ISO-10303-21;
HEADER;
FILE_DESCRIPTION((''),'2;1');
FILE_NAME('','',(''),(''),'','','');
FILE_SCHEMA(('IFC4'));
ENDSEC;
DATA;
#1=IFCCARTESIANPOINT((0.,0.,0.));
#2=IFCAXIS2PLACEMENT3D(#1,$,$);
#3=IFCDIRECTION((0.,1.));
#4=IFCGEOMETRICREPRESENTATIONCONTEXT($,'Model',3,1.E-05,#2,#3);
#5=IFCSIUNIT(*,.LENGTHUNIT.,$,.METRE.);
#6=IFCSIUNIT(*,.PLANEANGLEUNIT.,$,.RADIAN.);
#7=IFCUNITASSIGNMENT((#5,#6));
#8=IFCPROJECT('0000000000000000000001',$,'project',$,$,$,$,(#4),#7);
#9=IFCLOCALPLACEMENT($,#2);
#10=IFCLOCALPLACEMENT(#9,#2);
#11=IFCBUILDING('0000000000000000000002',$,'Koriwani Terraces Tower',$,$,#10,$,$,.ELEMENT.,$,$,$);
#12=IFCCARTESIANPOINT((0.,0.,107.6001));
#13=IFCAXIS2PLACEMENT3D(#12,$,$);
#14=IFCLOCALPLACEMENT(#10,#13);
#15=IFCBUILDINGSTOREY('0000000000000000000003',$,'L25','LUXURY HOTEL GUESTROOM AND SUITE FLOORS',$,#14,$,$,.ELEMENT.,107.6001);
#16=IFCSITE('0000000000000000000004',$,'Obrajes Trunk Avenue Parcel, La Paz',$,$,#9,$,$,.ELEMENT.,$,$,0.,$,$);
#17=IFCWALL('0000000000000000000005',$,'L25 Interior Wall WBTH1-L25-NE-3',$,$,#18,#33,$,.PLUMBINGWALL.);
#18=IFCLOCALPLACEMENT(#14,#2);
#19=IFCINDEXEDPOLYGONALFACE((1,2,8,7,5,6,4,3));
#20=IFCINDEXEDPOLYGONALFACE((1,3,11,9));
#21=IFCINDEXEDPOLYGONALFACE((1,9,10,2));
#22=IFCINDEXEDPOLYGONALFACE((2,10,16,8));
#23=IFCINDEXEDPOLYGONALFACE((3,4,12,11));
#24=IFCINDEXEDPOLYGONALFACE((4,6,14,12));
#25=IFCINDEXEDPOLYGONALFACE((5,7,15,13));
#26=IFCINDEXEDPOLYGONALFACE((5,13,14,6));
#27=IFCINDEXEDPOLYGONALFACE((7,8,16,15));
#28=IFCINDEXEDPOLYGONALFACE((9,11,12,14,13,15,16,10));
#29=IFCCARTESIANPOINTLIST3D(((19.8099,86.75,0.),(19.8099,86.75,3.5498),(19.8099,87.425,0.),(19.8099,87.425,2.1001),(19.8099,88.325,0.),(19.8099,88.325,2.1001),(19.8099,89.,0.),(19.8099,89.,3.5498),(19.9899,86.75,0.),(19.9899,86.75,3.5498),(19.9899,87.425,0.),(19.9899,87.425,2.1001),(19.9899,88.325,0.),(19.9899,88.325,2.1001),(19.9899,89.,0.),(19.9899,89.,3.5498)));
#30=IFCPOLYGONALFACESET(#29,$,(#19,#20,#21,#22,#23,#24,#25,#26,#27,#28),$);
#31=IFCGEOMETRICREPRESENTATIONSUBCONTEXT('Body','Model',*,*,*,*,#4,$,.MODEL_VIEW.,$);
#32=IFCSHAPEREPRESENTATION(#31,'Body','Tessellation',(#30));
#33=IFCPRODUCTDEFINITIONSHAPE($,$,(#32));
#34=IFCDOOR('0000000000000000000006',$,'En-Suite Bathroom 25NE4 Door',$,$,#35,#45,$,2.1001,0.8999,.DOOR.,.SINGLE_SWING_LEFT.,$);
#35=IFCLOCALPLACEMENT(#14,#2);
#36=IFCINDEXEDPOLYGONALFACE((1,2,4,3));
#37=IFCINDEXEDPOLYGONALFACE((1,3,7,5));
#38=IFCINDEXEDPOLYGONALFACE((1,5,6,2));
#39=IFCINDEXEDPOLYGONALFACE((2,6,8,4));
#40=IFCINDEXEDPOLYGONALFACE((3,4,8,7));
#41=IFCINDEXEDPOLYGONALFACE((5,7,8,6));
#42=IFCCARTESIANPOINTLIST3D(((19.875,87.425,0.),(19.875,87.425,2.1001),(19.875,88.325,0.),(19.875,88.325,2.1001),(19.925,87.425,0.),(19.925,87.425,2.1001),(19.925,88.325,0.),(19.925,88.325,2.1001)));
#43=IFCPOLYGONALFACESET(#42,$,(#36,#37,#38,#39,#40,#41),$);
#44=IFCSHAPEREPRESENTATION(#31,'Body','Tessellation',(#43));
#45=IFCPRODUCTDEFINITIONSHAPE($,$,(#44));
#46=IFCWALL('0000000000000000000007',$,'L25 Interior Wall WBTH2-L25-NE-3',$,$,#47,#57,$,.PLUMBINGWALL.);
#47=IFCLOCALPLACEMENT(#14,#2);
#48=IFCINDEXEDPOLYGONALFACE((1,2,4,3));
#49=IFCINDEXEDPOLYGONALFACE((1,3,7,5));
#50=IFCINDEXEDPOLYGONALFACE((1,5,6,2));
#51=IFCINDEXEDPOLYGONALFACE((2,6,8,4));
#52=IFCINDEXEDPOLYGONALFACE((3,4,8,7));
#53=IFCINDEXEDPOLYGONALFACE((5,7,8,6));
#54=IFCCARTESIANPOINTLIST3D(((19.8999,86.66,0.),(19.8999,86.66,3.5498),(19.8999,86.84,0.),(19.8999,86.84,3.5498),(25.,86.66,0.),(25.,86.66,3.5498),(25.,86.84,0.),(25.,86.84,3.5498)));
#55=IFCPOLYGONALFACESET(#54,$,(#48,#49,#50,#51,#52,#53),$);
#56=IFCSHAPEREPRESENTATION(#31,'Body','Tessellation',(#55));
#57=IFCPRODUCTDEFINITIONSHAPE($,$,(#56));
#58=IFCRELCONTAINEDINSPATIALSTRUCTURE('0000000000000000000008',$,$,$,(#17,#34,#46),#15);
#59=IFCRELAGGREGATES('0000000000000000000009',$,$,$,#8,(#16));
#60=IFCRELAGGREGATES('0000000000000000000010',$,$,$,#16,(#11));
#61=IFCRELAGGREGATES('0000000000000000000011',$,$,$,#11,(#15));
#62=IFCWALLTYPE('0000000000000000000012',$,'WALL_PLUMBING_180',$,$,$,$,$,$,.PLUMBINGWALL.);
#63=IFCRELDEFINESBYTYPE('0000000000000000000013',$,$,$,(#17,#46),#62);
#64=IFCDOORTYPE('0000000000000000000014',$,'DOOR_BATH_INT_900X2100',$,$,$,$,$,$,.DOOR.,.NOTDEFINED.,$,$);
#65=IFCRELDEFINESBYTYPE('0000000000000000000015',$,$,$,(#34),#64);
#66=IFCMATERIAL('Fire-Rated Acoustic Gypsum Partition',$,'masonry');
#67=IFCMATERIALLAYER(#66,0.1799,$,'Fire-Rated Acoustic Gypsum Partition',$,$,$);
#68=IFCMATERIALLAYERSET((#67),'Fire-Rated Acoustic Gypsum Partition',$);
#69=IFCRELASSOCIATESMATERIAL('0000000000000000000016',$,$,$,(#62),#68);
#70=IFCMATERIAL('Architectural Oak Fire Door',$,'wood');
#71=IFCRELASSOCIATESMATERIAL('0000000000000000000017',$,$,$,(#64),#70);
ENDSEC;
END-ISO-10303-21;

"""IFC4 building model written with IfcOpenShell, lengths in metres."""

from ifc_helpers import new_model, si_unit, direction, frame, frame_2d, origin, place, context, subcontext, project, spatial, rectangle, extrude, material, layer, layer_set, type_object, element, fill, save


model = new_model("IFC4")

# Units and contexts
model_context = context("Model", 3, precision=1e-05, world=origin(), true_north=direction((0.0, 1.0)))
body_context = subcontext(model_context, "Body", "Model", "MODEL_VIEW")
ifc_project = project(units=[si_unit("LENGTHUNIT", "METRE"), si_unit("PLANEANGLEUNIT", "RADIAN")], contexts=[model_context])

# Site, building, storey
site_placement = place(None, origin())
site = spatial("IfcSite", under=ifc_project, at=site_placement, Name="Obrajes Trunk Avenue Parcel, La Paz", CompositionType="ELEMENT", RefElevation=0.0)
building_placement = place(site_placement, origin())
building = spatial("IfcBuilding", under=site, at=building_placement, Name="Koriwani Terraces Tower", CompositionType="ELEMENT")
storey_placement = place(building_placement, frame((0.0, 0.0, 107.6001)))
storey = spatial("IfcBuildingStorey", under=building, at=storey_placement, Name="L25", Description="LUXURY HOTEL GUESTROOM AND SUITE FLOORS", CompositionType="ELEMENT", Elevation=107.6001)

# Shared definitions
ifc_material_1 = material(Name="Fire-Rated Acoustic Gypsum Partition", Category="masonry")
ifc_layer_1 = layer(ifc_material_1, 0.1799, Name="Fire-Rated Acoustic Gypsum Partition")
ifc_layer_set_1 = layer_set([ifc_layer_1], Name="Fire-Rated Acoustic Gypsum Partition")
wall_type_1 = type_object("IfcWallType", Name="WALL_PLUMBING_180", PredefinedType="PLUMBINGWALL", material=ifc_layer_set_1)
ifc_material_2 = material(Name="Architectural Oak Fire Door", Category="wood")
door_type = type_object("IfcDoorType", Name="DOOR_BATH_INT_900X2100", OperationType="NOTDEFINED", PredefinedType="DOOR", material=ifc_material_2)

# Wall, opening, door
wall_1_placement = place(storey_placement, frame((19.8999, 86.75, 0.0), z_axis=(0.0, 0.0, 1.0), x_axis=(0.0, 1.0, 0.0)))
wall_1 = element("IfcWall", 1, at=wall_1_placement, inside=storey, type_object=wall_type_1, Name="L25 Interior Wall WBTH1-L25-NE-3", PredefinedType="PLUMBINGWALL", context=body_context, shape_type="SweptSolid", body=[
    extrude(rectangle(XDim=2.25, YDim=0.1799, at=frame_2d((1.125, 0.0))), origin(), (0.0, 0.0, 1.0), 3.5498),
])
opening_1_placement = place(wall_1_placement, frame((0.675, 0.0, 0.0)))
opening_1 = element("IfcOpeningElement", 2, at=opening_1_placement, cuts=wall_1, PredefinedType="OPENING", context=body_context, shape_type="SweptSolid", body=[
    extrude(rectangle(XDim=0.8999, YDim=2.1001, at=frame_2d((0.45, 1.05))), frame((0.0, 0.1001, 0.0), z_axis=(0.0, -1.0, 0.0), x_axis=(1.0, 0.0, 0.0)), (0.0, 0.0, 1.0), 0.2),
])
door_1_placement = place(opening_1_placement, origin())
door_1 = element("IfcDoor", 3, at=door_1_placement, inside=storey, type_object=door_type, Name="En-Suite Bathroom 25NE4 Door", OperationType="SINGLE_SWING_LEFT", OverallHeight=2.1001, OverallWidth=0.8999, PredefinedType="DOOR", context=body_context, shape_type="SweptSolid", body=[
    extrude(rectangle(XDim=0.8999, YDim=2.1001, at=frame_2d((0.45, 1.05))), frame((0.0, 0.0249, 0.0), z_axis=(0.0, -1.0, 0.0), x_axis=(1.0, 0.0, 0.0)), (0.0, 0.0, 1.0), 0.05),
])
fill(opening_1, door_1)

# Wall
wall_2_placement = place(storey_placement, frame((19.8999, 86.75, 0.0), z_axis=(0.0, 0.0, 1.0), x_axis=(1.0, 0.0, 0.0)))
element("IfcWall", 4, at=wall_2_placement, inside=storey, type_object=wall_type_1, Name="L25 Interior Wall WBTH2-L25-NE-3", PredefinedType="PLUMBINGWALL", context=body_context, shape_type="SweptSolid", body=[
    extrude(rectangle(XDim=5.1001, YDim=0.1799, at=frame_2d((2.55, 0.0))), origin(), (0.0, 0.0, 1.0), 3.5498),
])

save(model, "model.ifc")
